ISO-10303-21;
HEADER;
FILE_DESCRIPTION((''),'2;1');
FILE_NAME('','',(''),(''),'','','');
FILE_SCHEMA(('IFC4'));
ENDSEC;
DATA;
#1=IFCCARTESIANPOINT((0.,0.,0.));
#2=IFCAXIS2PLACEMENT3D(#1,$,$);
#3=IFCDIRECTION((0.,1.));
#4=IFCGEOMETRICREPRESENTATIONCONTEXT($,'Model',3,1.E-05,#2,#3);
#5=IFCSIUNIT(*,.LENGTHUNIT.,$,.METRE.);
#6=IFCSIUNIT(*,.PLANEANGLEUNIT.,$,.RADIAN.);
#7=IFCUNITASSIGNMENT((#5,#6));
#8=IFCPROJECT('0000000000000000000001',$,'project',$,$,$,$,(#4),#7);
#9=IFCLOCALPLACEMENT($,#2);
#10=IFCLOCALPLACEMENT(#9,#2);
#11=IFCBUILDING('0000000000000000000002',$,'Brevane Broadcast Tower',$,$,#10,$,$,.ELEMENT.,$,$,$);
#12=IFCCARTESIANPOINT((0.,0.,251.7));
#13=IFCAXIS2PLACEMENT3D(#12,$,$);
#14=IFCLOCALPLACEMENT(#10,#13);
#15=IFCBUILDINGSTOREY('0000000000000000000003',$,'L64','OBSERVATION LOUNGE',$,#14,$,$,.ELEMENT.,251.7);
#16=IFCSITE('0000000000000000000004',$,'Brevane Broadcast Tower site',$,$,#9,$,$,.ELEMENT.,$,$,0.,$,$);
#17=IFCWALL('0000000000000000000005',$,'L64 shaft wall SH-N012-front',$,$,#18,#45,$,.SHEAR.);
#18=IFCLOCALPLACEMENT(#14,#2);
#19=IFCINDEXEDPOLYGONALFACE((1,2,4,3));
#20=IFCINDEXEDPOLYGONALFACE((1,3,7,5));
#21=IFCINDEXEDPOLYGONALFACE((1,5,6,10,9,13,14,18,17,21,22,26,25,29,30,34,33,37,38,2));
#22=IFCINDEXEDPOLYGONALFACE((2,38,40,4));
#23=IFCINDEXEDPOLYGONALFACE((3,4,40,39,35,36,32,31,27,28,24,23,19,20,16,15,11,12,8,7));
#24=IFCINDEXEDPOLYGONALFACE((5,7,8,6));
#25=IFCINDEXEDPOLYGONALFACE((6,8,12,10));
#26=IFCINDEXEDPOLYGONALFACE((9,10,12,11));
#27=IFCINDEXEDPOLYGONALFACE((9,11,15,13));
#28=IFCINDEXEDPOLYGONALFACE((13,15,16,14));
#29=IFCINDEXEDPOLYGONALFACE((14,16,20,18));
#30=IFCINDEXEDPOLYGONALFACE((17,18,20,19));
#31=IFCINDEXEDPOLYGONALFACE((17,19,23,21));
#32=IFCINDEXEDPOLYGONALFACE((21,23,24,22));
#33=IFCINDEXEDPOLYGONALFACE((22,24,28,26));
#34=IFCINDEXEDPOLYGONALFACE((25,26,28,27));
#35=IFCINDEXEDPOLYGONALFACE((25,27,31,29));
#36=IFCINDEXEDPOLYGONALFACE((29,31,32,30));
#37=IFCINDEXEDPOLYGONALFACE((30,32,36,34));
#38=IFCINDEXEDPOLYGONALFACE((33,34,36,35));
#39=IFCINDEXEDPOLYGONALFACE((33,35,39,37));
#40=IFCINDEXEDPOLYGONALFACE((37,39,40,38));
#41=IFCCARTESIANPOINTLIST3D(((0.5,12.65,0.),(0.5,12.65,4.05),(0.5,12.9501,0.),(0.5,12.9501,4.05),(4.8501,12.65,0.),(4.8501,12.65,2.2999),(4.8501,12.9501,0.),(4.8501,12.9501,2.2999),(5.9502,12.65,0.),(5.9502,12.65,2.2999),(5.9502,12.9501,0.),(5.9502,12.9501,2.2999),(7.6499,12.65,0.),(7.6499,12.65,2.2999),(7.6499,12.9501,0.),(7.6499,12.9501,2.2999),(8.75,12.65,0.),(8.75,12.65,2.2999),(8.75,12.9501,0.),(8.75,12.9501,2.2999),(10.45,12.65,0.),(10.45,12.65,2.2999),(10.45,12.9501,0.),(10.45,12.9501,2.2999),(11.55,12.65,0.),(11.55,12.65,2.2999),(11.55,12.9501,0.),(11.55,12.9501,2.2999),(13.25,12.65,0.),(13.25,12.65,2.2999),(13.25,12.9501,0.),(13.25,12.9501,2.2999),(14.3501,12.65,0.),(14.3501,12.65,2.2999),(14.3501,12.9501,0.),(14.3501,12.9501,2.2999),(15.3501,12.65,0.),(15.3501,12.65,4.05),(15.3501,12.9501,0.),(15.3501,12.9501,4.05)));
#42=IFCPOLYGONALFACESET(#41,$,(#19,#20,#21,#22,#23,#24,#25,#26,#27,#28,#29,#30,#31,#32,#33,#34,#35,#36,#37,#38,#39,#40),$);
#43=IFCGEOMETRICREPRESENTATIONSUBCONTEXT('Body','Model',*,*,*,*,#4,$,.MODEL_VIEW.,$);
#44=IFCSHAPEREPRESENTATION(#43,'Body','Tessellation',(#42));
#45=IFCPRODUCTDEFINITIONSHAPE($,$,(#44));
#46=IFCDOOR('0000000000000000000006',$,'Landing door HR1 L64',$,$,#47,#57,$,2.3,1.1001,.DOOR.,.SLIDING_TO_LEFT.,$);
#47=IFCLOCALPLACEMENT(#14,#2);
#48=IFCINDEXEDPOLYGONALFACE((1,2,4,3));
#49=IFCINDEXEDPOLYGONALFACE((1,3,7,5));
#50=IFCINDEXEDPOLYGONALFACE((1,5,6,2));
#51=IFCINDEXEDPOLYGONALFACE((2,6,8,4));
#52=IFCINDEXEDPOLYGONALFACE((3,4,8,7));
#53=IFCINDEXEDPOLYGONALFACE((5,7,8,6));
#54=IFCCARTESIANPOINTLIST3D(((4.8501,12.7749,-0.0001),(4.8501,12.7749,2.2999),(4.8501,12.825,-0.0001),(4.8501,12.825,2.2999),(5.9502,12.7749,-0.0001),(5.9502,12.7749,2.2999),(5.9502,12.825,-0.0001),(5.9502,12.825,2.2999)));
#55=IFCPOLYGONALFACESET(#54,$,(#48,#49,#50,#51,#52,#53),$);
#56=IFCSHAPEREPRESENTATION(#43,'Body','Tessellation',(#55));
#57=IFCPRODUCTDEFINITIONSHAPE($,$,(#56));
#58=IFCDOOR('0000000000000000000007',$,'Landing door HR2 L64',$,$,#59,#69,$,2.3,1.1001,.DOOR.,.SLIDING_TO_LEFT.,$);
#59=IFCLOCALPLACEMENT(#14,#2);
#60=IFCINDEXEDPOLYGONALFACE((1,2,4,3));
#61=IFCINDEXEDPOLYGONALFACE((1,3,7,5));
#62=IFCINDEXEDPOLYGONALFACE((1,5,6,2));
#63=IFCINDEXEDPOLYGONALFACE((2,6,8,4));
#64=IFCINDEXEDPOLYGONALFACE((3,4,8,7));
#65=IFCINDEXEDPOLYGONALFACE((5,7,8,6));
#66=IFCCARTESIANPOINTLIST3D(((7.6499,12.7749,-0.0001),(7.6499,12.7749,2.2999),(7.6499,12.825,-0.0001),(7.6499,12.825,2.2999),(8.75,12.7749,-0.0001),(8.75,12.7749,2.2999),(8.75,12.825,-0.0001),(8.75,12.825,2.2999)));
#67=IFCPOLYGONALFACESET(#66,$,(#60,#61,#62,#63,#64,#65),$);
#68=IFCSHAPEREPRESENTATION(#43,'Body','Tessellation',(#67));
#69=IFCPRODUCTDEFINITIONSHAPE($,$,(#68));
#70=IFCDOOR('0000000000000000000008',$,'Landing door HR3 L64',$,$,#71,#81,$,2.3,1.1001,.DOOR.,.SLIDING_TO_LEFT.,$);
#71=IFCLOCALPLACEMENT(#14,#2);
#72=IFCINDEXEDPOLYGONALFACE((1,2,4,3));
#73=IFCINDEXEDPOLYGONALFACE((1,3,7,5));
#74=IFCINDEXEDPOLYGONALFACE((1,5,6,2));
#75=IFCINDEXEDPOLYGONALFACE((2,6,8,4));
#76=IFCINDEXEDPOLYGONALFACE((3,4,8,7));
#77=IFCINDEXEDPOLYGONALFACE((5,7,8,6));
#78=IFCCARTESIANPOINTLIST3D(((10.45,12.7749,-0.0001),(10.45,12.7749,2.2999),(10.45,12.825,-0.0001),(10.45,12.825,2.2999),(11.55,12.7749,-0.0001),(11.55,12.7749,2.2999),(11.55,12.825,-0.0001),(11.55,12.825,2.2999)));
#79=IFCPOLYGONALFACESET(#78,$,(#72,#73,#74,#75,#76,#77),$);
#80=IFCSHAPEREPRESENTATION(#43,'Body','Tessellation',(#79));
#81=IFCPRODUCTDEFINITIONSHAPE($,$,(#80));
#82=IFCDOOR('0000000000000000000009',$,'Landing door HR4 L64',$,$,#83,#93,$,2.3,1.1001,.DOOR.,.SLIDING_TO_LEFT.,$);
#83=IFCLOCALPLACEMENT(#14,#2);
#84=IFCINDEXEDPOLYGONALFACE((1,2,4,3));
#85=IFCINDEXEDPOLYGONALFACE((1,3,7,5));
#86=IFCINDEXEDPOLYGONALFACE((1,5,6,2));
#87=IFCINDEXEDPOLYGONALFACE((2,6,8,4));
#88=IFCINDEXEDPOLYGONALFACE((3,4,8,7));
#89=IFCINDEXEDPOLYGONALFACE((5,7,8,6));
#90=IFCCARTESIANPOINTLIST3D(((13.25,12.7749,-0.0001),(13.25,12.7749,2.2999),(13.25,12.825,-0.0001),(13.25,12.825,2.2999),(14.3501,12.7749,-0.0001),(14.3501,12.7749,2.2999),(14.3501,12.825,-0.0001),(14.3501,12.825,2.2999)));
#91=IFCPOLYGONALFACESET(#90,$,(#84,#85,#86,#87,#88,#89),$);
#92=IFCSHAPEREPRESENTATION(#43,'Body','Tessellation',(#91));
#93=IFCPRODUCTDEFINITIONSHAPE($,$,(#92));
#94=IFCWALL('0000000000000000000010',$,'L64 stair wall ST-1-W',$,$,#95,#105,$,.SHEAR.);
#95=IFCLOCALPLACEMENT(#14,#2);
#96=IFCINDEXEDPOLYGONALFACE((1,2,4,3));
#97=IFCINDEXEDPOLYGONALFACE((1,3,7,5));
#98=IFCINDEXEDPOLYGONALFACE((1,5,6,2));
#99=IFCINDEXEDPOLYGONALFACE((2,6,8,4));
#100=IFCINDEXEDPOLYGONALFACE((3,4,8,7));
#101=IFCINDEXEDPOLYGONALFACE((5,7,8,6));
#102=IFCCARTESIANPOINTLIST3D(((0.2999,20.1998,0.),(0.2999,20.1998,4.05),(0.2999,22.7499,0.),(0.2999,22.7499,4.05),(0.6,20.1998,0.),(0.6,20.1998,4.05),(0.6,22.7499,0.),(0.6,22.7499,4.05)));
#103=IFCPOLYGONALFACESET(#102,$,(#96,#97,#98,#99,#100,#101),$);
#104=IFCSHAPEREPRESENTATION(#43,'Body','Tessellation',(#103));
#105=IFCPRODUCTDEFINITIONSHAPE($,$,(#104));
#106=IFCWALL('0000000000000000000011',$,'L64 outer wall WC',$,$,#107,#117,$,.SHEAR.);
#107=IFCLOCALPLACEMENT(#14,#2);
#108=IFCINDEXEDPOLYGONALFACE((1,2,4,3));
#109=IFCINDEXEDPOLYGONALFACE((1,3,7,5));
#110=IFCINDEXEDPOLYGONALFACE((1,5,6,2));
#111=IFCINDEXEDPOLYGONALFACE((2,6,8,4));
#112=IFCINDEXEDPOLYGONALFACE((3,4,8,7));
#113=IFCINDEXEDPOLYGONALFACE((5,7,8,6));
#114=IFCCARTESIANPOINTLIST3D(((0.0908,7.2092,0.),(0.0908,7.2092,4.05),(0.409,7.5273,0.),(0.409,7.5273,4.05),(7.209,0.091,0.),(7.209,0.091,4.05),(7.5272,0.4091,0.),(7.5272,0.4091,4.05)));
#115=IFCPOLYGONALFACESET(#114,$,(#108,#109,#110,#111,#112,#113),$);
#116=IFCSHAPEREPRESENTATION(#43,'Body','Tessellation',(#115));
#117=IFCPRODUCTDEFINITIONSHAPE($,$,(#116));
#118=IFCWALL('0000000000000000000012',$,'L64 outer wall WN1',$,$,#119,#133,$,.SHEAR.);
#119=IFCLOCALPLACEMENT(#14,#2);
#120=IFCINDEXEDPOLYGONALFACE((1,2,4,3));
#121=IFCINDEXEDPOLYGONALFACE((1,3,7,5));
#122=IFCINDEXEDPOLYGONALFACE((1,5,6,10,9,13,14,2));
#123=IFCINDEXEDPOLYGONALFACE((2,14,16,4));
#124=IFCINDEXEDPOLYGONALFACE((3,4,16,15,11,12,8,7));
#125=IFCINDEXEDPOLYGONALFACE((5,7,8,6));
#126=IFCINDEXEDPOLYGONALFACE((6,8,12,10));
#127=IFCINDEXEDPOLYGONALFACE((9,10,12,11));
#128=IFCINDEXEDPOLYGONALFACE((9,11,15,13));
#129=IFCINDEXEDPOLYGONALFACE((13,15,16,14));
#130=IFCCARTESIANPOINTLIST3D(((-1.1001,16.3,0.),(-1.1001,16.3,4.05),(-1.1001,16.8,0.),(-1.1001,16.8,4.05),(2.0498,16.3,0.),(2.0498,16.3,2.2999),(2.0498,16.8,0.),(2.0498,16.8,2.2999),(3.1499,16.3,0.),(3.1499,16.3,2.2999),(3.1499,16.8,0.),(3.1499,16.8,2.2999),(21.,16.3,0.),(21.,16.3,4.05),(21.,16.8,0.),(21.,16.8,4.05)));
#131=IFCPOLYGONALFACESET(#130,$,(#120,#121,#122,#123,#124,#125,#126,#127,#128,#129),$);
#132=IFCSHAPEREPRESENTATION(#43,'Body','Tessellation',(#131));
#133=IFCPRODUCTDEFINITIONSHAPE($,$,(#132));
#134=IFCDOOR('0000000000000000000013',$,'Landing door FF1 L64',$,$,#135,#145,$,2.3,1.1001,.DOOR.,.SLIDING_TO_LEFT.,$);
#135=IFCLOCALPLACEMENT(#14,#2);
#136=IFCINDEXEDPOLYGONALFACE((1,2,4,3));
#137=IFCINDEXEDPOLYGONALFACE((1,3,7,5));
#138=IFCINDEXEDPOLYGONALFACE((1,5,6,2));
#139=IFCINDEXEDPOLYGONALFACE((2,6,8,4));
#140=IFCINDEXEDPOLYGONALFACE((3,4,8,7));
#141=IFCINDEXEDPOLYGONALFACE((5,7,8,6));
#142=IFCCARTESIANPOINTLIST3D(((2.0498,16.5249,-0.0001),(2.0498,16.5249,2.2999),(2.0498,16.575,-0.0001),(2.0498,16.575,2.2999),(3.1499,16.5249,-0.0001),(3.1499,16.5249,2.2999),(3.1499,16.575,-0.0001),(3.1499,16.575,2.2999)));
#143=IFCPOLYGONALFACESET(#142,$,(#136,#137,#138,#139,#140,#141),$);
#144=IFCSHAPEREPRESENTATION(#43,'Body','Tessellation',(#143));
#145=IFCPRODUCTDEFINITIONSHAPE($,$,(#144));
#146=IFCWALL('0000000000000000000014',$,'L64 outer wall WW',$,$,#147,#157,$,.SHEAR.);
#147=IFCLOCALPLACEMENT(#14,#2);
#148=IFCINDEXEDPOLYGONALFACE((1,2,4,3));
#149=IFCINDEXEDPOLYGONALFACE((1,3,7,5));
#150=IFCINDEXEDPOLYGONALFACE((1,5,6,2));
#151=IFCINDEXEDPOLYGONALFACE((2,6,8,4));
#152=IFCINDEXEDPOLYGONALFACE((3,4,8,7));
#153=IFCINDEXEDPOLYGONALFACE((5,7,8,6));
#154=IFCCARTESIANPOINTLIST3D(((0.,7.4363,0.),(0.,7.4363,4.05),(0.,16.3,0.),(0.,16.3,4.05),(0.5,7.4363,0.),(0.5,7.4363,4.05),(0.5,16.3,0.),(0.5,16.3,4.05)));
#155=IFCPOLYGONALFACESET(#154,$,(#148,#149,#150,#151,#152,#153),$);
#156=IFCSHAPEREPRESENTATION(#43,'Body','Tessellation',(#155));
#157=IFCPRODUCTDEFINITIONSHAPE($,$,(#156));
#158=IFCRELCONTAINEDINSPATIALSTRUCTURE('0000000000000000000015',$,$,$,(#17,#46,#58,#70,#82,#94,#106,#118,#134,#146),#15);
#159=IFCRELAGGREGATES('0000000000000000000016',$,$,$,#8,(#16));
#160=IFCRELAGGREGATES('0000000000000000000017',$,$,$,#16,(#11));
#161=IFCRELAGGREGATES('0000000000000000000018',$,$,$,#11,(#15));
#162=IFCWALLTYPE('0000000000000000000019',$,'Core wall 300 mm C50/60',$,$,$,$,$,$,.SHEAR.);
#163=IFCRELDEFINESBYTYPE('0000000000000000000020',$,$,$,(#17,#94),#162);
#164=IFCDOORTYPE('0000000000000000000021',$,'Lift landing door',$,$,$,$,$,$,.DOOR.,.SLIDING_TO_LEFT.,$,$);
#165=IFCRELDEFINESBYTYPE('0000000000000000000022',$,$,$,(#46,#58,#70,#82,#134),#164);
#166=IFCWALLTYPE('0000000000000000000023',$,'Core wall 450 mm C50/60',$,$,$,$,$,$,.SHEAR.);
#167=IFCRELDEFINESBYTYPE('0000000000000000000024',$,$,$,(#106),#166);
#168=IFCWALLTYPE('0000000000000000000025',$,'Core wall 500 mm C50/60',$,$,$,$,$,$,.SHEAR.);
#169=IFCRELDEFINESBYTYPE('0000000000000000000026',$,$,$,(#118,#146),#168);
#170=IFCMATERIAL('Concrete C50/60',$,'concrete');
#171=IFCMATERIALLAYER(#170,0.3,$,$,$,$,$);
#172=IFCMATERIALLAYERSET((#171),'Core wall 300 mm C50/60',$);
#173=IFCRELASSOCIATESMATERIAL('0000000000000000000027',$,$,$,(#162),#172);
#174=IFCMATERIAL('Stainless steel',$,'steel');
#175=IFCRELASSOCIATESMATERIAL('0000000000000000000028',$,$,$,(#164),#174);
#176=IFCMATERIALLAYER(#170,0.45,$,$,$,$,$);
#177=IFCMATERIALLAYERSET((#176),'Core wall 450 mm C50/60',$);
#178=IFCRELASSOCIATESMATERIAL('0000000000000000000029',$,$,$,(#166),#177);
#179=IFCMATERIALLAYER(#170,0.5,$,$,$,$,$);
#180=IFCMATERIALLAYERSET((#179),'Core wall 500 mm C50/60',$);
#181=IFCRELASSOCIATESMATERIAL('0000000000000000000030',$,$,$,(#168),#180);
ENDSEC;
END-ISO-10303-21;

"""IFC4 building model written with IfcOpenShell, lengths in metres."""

from ifc_helpers import new_model, si_unit, direction, frame, frame_2d, origin, place, context, subcontext, project, spatial, rectangle, extrude, material, layer, layer_set, type_object, element, fill, save


model = new_model("IFC4")

# Units and contexts
model_context = context("Model", 3, precision=1e-05, world=origin(), true_north=direction((0.0, 1.0)))
body_context = subcontext(model_context, "Body", "Model", "MODEL_VIEW")
ifc_project = project(units=[si_unit("LENGTHUNIT", "METRE"), si_unit("PLANEANGLEUNIT", "RADIAN")], contexts=[model_context])

# Site, building, storey
site_placement = place(None, origin())
site = spatial("IfcSite", under=ifc_project, at=site_placement, Name="Brevane Broadcast Tower site", CompositionType="ELEMENT", RefElevation=0.0)
building_placement = place(site_placement, origin())
building = spatial("IfcBuilding", under=site, at=building_placement, Name="Brevane Broadcast Tower", CompositionType="ELEMENT")
storey_placement = place(building_placement, frame((0.0, 0.0, 251.7)))
storey = spatial("IfcBuildingStorey", under=building, at=storey_placement, Name="L64", Description="OBSERVATION LOUNGE", CompositionType="ELEMENT", Elevation=251.7)

# Wall, openings, doors
ifc_material_1 = material(Name="Concrete C50/60", Category="concrete")
ifc_layer_1 = layer(ifc_material_1, 0.3)
ifc_layer_set_1 = layer_set([ifc_layer_1], Name="Core wall 300 mm C50/60")
wall_type_1 = type_object("IfcWallType", Name="Core wall 300 mm C50/60", PredefinedType="SHEAR", material=ifc_layer_set_1)
wall_1_placement = place(storey_placement, frame((0.5, 12.8, 0.0), z_axis=(0.0, 0.0, 1.0), x_axis=(1.0, 0.0, 0.0)))
wall_1 = element("IfcWall", 1, at=wall_1_placement, inside=storey, type_object=wall_type_1, Name="L64 shaft wall SH-N012-front", PredefinedType="SHEAR", context=body_context, shape_type="SweptSolid", body=[
    extrude(rectangle(XDim=14.8501, YDim=0.3, at=frame_2d((7.425, 0.0))), origin(), (0.0, 0.0, 1.0), 4.05),
])
opening_1_placement = place(wall_1_placement, frame((4.3501, 0.0, 0.0)))
opening_1 = element("IfcOpeningElement", 2, at=opening_1_placement, cuts=wall_1, PredefinedType="OPENING", context=body_context, shape_type="SweptSolid", body=[
    extrude(rectangle(XDim=1.1001, YDim=2.3, at=frame_2d((0.55, 1.1499))), frame((0.0, 0.1599, 0.0), z_axis=(0.0, -1.0, 0.0), x_axis=(1.0, 0.0, 0.0)), (0.0, 0.0, 1.0), 0.3201),
])
opening_2_placement = place(wall_1_placement, frame((7.1499, 0.0, 0.0)))
opening_2 = element("IfcOpeningElement", 3, at=opening_2_placement, cuts=wall_1, PredefinedType="OPENING", context=body_context, shape_type="SweptSolid", body=[
    extrude(rectangle(XDim=1.1001, YDim=2.3, at=frame_2d((0.55, 1.1499))), frame((0.0, 0.1599, 0.0), z_axis=(0.0, -1.0, 0.0), x_axis=(1.0, 0.0, 0.0)), (0.0, 0.0, 1.0), 0.3201),
])
opening_3_placement = place(wall_1_placement, frame((9.95, 0.0, 0.0)))
opening_3 = element("IfcOpeningElement", 4, at=opening_3_placement, cuts=wall_1, PredefinedType="OPENING", context=body_context, shape_type="SweptSolid", body=[
    extrude(rectangle(XDim=1.1001, YDim=2.3, at=frame_2d((0.55, 1.1499))), frame((0.0, 0.1599, 0.0), z_axis=(0.0, -1.0, 0.0), x_axis=(1.0, 0.0, 0.0)), (0.0, 0.0, 1.0), 0.3201),
])
opening_4_placement = place(wall_1_placement, frame((12.75, 0.0, 0.0)))
opening_4 = element("IfcOpeningElement", 5, at=opening_4_placement, cuts=wall_1, PredefinedType="OPENING", context=body_context, shape_type="SweptSolid", body=[
    extrude(rectangle(XDim=1.1001, YDim=2.3, at=frame_2d((0.55, 1.1499))), frame((0.0, 0.1599, 0.0), z_axis=(0.0, -1.0, 0.0), x_axis=(1.0, 0.0, 0.0)), (0.0, 0.0, 1.0), 0.3201),
])
ifc_material_2 = material(Name="Stainless steel", Category="steel")
door_type = type_object("IfcDoorType", Name="Lift landing door", OperationType="SLIDING_TO_LEFT", PredefinedType="DOOR", material=ifc_material_2)
door_1_placement = place(opening_1_placement, origin())
door_1 = element("IfcDoor", 6, at=door_1_placement, inside=storey, type_object=door_type, Name="Landing door HR1 L64", OperationType="SLIDING_TO_LEFT", OverallHeight=2.3, OverallWidth=1.1001, PredefinedType="DOOR", context=body_context, shape_type="SweptSolid", body=[
    extrude(rectangle(XDim=1.1001, YDim=2.3, at=frame_2d((0.55, 1.1499))), frame((0.0, 0.0249, 0.0), z_axis=(0.0, -1.0, 0.0), x_axis=(1.0, 0.0, 0.0)), (0.0, 0.0, 1.0), 0.05),
])
fill(opening_1, door_1)
door_2_placement = place(opening_2_placement, origin())
door_2 = element("IfcDoor", 7, at=door_2_placement, inside=storey, type_object=door_type, Name="Landing door HR2 L64", OperationType="SLIDING_TO_LEFT", OverallHeight=2.3, OverallWidth=1.1001, PredefinedType="DOOR", context=body_context, shape_type="SweptSolid", body=[
    extrude(rectangle(XDim=1.1001, YDim=2.3, at=frame_2d((0.55, 1.1499))), frame((0.0, 0.0249, 0.0), z_axis=(0.0, -1.0, 0.0), x_axis=(1.0, 0.0, 0.0)), (0.0, 0.0, 1.0), 0.05),
])
fill(opening_2, door_2)
door_3_placement = place(opening_3_placement, origin())
door_3 = element("IfcDoor", 8, at=door_3_placement, inside=storey, type_object=door_type, Name="Landing door HR3 L64", OperationType="SLIDING_TO_LEFT", OverallHeight=2.3, OverallWidth=1.1001, PredefinedType="DOOR", context=body_context, shape_type="SweptSolid", body=[
    extrude(rectangle(XDim=1.1001, YDim=2.3, at=frame_2d((0.55, 1.1499))), frame((0.0, 0.0249, 0.0), z_axis=(0.0, -1.0, 0.0), x_axis=(1.0, 0.0, 0.0)), (0.0, 0.0, 1.0), 0.05),
])
fill(opening_3, door_3)
door_4_placement = place(opening_4_placement, origin())
door_4 = element("IfcDoor", 9, at=door_4_placement, inside=storey, type_object=door_type, Name="Landing door HR4 L64", OperationType="SLIDING_TO_LEFT", OverallHeight=2.3, OverallWidth=1.1001, PredefinedType="DOOR", context=body_context, shape_type="SweptSolid", body=[
    extrude(rectangle(XDim=1.1001, YDim=2.3, at=frame_2d((0.55, 1.1499))), frame((0.0, 0.0249, 0.0), z_axis=(0.0, -1.0, 0.0), x_axis=(1.0, 0.0, 0.0)), (0.0, 0.0, 1.0), 0.05),
])
fill(opening_4, door_4)

# Walls
wall_2_placement = place(storey_placement, frame((0.45, 20.2, 0.0), z_axis=(0.0, 0.0, 1.0), x_axis=(0.0, 1.0, 0.0)))
element("IfcWall", 10, at=wall_2_placement, inside=storey, type_object=wall_type_1, Name="L64 stair wall ST-1-W", PredefinedType="SHEAR", context=body_context, shape_type="SweptSolid", body=[
    extrude(rectangle(XDim=2.55, YDim=0.3, at=frame_2d((1.2749, 0.0))), origin(), (0.0, 0.0, 1.0), 4.05),
])
ifc_layer_2 = layer(ifc_material_1, 0.45)
ifc_layer_set_2 = layer_set([ifc_layer_2], Name="Core wall 450 mm C50/60")
wall_type_2 = type_object("IfcWallType", Name="Core wall 450 mm C50/60", PredefinedType="SHEAR", material=ifc_layer_set_2)
wall_3_placement = place(storey_placement, frame((0.25, 7.3682, 0.0), z_axis=(0.0, 0.0, 1.0), x_axis=(0.707107, -0.707107, 0.0)))
element("IfcWall", 11, at=wall_3_placement, inside=storey, type_object=wall_type_2, Name="L64 outer wall WC", PredefinedType="SHEAR", context=body_context, shape_type="SweptSolid", body=[
    extrude(rectangle(XDim=10.0667, YDim=0.45, at=frame_2d((5.0332, 0.0))), origin(), (0.0, 0.0, 1.0), 4.05),
])

# Wall, opening, door
ifc_layer_3 = layer(ifc_material_1, 0.5)
ifc_layer_set_3 = layer_set([ifc_layer_3], Name="Core wall 500 mm C50/60")
wall_type_3 = type_object("IfcWallType", Name="Core wall 500 mm C50/60", PredefinedType="SHEAR", material=ifc_layer_set_3)
wall_4_placement = place(storey_placement, frame((-1.1001, 16.55, 0.0), z_axis=(0.0, 0.0, 1.0), x_axis=(1.0, 0.0, 0.0)))
wall_4 = element("IfcWall", 12, at=wall_4_placement, inside=storey, type_object=wall_type_3, Name="L64 outer wall WN1", PredefinedType="SHEAR", context=body_context, shape_type="SweptSolid", body=[
    extrude(rectangle(XDim=22.1001, YDim=0.5, at=frame_2d((11.05, 0.0))), origin(), (0.0, 0.0, 1.0), 4.05),
])
opening_5_placement = place(wall_4_placement, frame((3.1499, 0.0, 0.0)))
opening_5 = element("IfcOpeningElement", 13, at=opening_5_placement, cuts=wall_4, PredefinedType="OPENING", context=body_context, shape_type="SweptSolid", body=[
    extrude(rectangle(XDim=1.1001, YDim=2.3, at=frame_2d((0.55, 1.1499))), frame((0.0, 0.26, 0.0), z_axis=(0.0, -1.0, 0.0), x_axis=(1.0, 0.0, 0.0)), (0.0, 0.0, 1.0), 0.52),
])
door_5_placement = place(opening_5_placement, origin())
door_5 = element("IfcDoor", 14, at=door_5_placement, inside=storey, type_object=door_type, Name="Landing door FF1 L64", OperationType="SLIDING_TO_LEFT", OverallHeight=2.3, OverallWidth=1.1001, PredefinedType="DOOR", context=body_context, shape_type="SweptSolid", body=[
    extrude(rectangle(XDim=1.1001, YDim=2.3, at=frame_2d((0.55, 1.1499))), frame((0.0, 0.0249, 0.0), z_axis=(0.0, -1.0, 0.0), x_axis=(1.0, 0.0, 0.0)), (0.0, 0.0, 1.0), 0.05),
])
fill(opening_5, door_5)

# Wall
wall_5_placement = place(storey_placement, frame((0.25, 7.4363, 0.0), z_axis=(0.0, 0.0, 1.0), x_axis=(0.0, 1.0, 0.0)))
element("IfcWall", 15, at=wall_5_placement, inside=storey, type_object=wall_type_3, Name="L64 outer wall WW", PredefinedType="SHEAR", context=body_context, shape_type="SweptSolid", body=[
    extrude(rectangle(XDim=8.8638, YDim=0.5, at=frame_2d((4.4319, 0.0))), origin(), (0.0, 0.0, 1.0), 4.05),
])

save(model, "model.ifc")
